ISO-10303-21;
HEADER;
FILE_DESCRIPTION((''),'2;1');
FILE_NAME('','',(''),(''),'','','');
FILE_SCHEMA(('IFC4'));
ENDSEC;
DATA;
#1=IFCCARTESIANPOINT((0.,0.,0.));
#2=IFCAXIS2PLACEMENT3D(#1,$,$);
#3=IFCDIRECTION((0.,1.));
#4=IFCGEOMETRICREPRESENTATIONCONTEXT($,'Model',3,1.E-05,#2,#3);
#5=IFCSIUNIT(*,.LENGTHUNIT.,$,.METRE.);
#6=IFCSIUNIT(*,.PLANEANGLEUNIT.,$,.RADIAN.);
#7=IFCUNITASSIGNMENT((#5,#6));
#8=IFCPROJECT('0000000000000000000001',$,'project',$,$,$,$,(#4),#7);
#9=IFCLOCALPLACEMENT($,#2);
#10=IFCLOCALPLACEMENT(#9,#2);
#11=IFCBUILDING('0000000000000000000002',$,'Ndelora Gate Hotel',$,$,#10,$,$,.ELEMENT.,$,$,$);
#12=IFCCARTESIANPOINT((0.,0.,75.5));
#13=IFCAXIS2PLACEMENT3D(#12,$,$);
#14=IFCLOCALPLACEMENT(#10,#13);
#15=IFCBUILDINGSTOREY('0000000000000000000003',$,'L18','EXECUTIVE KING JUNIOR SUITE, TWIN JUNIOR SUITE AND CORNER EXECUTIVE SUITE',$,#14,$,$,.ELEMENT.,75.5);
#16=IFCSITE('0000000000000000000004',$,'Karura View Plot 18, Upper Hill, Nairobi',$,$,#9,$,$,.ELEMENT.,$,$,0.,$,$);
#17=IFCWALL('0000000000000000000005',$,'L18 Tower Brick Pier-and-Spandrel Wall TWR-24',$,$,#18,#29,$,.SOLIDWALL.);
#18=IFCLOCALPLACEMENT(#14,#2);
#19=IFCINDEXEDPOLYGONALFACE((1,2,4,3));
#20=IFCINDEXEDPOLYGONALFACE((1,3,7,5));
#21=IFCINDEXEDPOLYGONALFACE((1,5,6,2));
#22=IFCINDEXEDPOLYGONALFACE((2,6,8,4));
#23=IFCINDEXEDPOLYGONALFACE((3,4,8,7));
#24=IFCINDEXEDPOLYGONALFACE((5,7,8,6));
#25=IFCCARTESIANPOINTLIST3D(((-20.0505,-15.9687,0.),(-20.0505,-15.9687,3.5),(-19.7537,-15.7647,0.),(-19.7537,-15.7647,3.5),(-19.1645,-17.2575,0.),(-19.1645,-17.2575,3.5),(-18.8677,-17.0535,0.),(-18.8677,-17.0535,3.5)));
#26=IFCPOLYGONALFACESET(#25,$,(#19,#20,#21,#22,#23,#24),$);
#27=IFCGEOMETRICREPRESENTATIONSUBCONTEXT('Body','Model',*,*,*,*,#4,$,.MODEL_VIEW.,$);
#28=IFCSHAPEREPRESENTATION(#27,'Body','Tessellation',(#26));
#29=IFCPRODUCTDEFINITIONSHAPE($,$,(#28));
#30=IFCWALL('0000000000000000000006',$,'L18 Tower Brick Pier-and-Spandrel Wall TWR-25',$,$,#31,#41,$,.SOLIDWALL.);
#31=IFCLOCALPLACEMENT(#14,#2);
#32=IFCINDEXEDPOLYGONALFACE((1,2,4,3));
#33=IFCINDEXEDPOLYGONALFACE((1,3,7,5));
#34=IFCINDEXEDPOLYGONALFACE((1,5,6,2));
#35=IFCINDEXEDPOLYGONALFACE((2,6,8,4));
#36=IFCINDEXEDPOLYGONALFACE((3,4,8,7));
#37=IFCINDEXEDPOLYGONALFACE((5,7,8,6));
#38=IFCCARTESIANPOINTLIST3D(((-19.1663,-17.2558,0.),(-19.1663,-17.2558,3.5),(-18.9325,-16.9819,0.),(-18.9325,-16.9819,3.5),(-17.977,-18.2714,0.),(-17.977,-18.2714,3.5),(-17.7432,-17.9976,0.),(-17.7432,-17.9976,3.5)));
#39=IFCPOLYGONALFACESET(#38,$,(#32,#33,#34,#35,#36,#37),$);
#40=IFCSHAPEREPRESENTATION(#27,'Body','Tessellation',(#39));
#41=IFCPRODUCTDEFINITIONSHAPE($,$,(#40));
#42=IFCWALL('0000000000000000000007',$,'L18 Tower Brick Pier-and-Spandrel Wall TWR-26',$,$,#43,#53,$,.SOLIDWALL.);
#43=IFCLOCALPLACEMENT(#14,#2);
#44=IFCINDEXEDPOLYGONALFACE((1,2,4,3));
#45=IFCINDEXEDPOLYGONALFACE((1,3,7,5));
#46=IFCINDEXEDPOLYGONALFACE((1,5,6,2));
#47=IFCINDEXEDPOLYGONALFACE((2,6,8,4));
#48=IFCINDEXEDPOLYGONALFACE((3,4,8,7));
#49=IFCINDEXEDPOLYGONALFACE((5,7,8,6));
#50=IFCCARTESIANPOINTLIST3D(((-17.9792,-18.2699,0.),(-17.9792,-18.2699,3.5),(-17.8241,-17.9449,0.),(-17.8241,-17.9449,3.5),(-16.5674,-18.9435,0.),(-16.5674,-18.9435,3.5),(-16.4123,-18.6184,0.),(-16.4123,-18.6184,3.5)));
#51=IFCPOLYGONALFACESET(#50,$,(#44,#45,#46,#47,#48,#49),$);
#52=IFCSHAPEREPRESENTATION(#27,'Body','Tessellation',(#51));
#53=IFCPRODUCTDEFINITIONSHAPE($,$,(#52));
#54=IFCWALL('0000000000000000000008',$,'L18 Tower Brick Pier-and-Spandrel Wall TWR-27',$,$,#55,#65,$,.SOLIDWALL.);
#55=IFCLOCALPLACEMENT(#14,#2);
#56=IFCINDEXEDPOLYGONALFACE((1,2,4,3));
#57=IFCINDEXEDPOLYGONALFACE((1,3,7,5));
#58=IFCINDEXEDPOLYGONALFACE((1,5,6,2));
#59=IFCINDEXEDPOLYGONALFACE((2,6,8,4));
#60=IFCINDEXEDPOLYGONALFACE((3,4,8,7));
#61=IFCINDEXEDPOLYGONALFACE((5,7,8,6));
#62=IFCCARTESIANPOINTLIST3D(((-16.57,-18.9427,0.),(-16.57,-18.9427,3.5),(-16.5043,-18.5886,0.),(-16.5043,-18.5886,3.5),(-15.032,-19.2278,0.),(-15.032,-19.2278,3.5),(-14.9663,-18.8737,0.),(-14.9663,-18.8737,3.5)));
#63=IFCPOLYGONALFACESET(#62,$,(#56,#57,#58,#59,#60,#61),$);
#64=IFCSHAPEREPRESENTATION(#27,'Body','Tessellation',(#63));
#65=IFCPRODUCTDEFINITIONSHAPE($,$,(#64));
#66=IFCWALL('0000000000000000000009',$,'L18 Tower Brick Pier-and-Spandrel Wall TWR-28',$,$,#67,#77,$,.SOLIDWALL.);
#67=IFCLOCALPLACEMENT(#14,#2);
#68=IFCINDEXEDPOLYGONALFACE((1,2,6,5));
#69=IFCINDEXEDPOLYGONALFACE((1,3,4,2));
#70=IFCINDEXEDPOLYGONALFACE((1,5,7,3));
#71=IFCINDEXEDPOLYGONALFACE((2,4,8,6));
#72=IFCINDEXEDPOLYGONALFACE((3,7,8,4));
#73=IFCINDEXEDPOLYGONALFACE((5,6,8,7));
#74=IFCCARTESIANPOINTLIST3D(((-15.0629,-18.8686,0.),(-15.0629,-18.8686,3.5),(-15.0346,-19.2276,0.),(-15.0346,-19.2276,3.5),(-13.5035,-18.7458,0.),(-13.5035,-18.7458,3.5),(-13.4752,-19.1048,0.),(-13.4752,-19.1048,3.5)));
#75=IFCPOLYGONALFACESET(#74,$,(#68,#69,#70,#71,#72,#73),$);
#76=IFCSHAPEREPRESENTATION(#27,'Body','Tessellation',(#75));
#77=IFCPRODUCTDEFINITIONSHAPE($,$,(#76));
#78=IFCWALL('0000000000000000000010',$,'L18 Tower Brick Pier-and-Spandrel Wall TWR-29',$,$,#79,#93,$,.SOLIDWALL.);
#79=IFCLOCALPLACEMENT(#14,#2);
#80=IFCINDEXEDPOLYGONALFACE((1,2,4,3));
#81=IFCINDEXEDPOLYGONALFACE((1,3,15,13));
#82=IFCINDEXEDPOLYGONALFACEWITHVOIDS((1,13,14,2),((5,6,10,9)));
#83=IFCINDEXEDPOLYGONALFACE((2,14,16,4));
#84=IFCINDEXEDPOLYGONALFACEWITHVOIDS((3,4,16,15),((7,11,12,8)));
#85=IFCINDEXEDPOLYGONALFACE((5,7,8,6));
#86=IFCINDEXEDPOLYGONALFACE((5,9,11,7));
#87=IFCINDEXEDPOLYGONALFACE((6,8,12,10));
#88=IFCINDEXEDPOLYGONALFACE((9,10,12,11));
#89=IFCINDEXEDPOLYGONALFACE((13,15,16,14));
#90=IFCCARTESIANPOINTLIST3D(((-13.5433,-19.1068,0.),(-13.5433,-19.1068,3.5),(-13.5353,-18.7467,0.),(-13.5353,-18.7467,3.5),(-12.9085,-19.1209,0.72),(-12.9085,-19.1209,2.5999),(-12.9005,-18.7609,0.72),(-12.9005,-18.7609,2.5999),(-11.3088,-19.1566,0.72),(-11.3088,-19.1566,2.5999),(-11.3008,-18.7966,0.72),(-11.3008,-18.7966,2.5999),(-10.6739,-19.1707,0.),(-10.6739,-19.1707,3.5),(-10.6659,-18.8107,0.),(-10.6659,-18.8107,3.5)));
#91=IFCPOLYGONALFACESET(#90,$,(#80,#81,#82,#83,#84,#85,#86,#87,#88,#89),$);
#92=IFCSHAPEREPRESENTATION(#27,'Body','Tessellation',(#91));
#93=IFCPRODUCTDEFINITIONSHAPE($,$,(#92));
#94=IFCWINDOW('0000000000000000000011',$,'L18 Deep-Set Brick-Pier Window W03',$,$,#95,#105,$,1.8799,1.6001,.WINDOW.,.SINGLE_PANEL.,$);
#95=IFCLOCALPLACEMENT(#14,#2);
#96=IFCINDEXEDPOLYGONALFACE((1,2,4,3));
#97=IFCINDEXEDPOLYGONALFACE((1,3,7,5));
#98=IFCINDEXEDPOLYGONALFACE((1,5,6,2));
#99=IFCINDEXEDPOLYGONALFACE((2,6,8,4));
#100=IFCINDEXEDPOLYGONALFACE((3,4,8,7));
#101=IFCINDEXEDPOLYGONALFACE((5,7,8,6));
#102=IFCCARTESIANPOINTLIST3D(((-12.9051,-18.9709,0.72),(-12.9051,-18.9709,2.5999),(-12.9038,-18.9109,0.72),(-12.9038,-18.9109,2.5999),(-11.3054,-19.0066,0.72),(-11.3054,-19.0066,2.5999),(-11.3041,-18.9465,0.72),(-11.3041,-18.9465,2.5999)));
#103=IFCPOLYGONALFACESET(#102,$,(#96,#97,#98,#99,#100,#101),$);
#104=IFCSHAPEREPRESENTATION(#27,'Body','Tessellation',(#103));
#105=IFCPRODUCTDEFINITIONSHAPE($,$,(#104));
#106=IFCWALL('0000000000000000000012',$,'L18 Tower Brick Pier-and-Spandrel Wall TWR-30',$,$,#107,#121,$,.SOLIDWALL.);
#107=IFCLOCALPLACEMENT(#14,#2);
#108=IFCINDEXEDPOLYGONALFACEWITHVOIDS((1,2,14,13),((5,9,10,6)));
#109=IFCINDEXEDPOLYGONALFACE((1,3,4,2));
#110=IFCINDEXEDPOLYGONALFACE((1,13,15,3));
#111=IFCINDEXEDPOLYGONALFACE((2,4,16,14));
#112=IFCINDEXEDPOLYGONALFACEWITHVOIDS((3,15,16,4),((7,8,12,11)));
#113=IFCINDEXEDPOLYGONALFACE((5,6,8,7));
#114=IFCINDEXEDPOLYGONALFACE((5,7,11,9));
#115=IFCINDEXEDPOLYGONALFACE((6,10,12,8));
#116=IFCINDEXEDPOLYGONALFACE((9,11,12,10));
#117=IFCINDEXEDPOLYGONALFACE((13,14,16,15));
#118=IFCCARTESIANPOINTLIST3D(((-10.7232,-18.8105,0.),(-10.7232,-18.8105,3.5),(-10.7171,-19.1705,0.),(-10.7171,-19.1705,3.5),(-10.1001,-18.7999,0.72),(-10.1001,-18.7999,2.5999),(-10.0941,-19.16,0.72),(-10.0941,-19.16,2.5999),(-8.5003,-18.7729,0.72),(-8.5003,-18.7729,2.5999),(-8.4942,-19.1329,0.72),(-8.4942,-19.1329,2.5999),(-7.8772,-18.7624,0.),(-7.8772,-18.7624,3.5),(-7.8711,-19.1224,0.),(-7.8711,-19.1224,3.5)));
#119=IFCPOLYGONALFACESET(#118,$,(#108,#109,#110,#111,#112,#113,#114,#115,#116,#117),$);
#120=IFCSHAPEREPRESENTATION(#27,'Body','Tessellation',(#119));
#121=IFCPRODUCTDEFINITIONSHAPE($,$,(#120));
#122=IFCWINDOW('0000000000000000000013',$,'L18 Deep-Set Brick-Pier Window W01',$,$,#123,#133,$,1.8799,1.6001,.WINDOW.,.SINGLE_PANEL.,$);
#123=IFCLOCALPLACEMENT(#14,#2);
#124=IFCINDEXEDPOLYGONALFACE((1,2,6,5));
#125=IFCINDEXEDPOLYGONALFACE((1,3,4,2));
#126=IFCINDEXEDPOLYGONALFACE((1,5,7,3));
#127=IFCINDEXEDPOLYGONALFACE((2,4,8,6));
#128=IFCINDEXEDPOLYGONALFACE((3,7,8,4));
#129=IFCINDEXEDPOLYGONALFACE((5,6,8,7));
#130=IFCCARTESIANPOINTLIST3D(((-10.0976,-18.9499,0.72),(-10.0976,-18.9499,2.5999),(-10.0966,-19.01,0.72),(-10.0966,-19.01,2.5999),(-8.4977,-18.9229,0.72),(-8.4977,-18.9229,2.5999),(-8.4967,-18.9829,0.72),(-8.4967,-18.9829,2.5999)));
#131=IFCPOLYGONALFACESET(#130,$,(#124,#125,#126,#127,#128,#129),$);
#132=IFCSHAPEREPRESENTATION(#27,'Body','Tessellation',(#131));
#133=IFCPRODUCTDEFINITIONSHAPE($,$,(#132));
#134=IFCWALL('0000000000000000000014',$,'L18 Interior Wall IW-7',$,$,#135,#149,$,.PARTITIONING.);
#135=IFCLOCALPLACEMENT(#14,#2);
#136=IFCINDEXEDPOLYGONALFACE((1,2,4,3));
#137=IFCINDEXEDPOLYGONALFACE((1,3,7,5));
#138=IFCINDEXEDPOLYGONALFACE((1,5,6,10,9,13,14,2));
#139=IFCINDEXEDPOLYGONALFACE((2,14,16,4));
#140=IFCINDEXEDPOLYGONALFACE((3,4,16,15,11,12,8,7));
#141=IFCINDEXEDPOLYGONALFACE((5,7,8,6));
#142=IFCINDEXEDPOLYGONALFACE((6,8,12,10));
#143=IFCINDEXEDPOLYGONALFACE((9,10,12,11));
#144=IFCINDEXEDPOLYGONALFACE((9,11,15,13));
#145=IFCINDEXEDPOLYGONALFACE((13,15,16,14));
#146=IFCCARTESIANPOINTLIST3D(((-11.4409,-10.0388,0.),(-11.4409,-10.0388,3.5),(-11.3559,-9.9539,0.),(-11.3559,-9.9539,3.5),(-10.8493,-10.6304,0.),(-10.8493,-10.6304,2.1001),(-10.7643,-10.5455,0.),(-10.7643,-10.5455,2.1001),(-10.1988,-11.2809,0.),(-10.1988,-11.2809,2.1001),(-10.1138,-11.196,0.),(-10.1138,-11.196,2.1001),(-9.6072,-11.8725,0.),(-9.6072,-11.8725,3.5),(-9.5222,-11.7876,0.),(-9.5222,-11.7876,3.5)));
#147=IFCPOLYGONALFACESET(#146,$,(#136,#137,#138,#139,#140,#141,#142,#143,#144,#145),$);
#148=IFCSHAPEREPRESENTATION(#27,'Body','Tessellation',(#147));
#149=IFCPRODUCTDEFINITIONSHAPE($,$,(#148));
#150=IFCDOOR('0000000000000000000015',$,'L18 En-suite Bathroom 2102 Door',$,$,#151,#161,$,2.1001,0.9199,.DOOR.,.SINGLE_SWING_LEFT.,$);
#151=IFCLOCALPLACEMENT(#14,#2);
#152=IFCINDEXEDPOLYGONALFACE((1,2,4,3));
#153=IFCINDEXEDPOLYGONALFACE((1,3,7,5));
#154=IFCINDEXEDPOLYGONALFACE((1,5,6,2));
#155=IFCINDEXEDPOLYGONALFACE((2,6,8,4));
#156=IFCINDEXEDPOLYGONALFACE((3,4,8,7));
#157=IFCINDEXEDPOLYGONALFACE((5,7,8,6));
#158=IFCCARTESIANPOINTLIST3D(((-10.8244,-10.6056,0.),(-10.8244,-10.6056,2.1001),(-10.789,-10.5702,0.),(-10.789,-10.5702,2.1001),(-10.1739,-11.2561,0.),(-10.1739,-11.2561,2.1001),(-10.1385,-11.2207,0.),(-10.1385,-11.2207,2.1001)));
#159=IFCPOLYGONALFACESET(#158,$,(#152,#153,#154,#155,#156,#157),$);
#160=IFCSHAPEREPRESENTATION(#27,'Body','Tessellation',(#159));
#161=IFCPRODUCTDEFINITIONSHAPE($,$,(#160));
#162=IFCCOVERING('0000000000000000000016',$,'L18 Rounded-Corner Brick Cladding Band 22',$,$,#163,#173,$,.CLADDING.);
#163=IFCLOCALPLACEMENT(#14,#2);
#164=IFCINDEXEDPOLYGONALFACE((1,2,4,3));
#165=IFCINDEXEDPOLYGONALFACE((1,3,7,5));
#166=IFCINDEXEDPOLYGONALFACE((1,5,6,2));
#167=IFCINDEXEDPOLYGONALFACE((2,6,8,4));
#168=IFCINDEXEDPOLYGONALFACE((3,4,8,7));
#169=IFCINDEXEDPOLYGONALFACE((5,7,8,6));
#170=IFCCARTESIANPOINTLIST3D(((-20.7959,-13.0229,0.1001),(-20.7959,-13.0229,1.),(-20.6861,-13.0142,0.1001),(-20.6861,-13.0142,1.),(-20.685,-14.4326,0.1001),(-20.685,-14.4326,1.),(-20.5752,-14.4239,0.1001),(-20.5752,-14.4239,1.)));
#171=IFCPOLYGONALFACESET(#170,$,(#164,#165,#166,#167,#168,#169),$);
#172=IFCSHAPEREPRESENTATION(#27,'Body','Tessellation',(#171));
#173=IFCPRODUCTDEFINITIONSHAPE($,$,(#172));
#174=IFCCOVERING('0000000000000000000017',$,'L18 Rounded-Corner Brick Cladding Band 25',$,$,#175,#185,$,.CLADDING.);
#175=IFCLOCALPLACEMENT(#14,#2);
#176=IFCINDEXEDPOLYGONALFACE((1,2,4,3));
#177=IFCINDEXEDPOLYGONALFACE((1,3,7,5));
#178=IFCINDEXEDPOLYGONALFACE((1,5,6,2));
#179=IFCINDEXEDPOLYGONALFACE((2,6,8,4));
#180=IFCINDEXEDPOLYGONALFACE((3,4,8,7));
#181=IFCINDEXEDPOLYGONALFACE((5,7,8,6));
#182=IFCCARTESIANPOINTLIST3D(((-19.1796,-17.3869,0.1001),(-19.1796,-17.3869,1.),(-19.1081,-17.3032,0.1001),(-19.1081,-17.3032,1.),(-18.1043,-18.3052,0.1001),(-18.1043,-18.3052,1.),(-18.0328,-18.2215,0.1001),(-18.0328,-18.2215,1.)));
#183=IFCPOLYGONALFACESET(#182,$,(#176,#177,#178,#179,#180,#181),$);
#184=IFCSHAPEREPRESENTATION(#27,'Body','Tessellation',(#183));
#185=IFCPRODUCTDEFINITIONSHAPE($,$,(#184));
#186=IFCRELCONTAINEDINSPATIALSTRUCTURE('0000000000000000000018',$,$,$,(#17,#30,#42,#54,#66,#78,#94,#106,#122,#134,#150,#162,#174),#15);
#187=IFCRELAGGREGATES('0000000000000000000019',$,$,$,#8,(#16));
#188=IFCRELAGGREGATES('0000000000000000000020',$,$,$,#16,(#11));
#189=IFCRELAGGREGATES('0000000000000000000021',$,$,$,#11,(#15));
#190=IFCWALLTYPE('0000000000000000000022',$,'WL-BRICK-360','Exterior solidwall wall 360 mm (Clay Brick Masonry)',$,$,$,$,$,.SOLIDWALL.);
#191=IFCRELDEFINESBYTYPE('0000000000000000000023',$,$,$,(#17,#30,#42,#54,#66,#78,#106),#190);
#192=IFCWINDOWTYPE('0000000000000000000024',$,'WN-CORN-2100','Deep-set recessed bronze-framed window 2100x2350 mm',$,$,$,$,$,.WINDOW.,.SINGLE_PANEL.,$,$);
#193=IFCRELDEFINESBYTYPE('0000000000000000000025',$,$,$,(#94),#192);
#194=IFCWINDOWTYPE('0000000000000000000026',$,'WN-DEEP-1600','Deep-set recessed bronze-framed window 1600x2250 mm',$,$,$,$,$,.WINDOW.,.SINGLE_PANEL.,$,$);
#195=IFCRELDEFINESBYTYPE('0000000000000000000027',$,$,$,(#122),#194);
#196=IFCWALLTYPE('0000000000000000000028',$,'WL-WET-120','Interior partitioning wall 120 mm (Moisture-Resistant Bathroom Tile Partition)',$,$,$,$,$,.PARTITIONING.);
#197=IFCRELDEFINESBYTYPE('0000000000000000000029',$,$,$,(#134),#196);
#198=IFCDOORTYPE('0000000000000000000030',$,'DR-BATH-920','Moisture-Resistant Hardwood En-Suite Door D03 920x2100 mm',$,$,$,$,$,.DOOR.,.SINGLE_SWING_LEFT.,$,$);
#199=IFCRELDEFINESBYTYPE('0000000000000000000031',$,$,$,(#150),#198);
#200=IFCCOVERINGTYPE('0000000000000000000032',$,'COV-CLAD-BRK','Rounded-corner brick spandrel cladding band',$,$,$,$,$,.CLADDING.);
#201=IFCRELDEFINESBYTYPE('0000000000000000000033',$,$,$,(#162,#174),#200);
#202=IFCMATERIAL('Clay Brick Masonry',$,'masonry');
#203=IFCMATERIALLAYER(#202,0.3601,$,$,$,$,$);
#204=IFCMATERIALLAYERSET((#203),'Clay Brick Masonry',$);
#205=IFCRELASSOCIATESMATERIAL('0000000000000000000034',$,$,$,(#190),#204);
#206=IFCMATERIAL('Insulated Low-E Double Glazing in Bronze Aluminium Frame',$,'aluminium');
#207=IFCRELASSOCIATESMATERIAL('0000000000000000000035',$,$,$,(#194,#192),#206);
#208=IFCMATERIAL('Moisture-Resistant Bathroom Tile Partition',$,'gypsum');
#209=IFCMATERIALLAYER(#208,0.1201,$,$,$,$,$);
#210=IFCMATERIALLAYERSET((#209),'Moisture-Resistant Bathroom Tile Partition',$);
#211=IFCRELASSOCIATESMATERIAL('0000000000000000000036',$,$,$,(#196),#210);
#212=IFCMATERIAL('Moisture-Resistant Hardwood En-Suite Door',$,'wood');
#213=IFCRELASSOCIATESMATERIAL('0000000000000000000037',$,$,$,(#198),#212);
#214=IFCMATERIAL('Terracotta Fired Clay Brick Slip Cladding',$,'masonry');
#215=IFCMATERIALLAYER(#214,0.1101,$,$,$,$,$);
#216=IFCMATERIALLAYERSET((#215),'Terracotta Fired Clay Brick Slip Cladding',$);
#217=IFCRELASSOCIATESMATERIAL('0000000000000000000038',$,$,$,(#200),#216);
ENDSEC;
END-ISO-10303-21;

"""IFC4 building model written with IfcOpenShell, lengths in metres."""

from ifc_helpers import new_model, si_unit, direction, frame, frame_2d, origin, origin_2d, place, context, subcontext, project, spatial, rectangle, extrude, material, layer, layer_set, type_object, element, fill, save


model = new_model("IFC4")

# Units and contexts
model_context = context("Model", 3, precision=1e-05, world=origin(), true_north=direction((0.0, 1.0)))
body_context = subcontext(model_context, "Body", "Model", "MODEL_VIEW")
ifc_project = project(units=[si_unit("LENGTHUNIT", "METRE"), si_unit("PLANEANGLEUNIT", "RADIAN")], contexts=[model_context])

# Site, building, storey
site_placement = place(None, origin())
site = spatial("IfcSite", under=ifc_project, at=site_placement, Name="Karura View Plot 18, Upper Hill, Nairobi", CompositionType="ELEMENT", RefElevation=0.0)
building_placement = place(site_placement, origin())
building = spatial("IfcBuilding", under=site, at=building_placement, Name="Ndelora Gate Hotel", CompositionType="ELEMENT")
storey_placement = place(building_placement, frame((0.0, 0.0, 75.5)))
storey = spatial("IfcBuildingStorey", under=building, at=storey_placement, Name="L18", Description="EXECUTIVE KING JUNIOR SUITE, TWIN JUNIOR SUITE AND CORNER EXECUTIVE SUITE", CompositionType="ELEMENT", Elevation=75.5)

# Shared definitions
ifc_material_1 = material(Name="Clay Brick Masonry", Category="masonry")
ifc_layer_1 = layer(ifc_material_1, 0.3601)
ifc_layer_set_1 = layer_set([ifc_layer_1], Name="Clay Brick Masonry")
wall_type_1 = type_object("IfcWallType", Name="WL-BRICK-360", Description="Exterior solidwall wall 360 mm (Clay Brick Masonry)", PredefinedType="SOLIDWALL", material=ifc_layer_set_1)
ifc_material_2 = material(Name="Insulated Low-E Double Glazing in Bronze Aluminium Frame", Category="aluminium")
window_type_1 = type_object("IfcWindowType", Name="WN-DEEP-1600", Description="Deep-set recessed bronze-framed window 1600x2250 mm", PartitioningType="SINGLE_PANEL", PredefinedType="WINDOW", material=ifc_material_2)

# Walls
for number, where, z_axis, x_axis, name in (
    (1, (-19.0161, -17.1555, 0.0), (0.0, 0.0, 1.0), (-0.566496, 0.824065, 0.0), "L18 Tower Brick Pier-and-Spandrel Wall TWR-24"),
    (2, (-17.8601, -18.1345, 0.0), (0.0, 0.0, 1.0), (-0.760423, 0.649428, 0.0), "L18 Tower Brick Pier-and-Spandrel Wall TWR-25"),
):
    element("IfcWall", number, at=place(storey_placement, frame(where, z_axis=z_axis, x_axis=x_axis)), inside=storey, type_object=wall_type_1, Name=name, PredefinedType="SOLIDWALL", context=body_context, shape_type="SweptSolid", body=[
        extrude(rectangle(XDim=1.564, YDim=0.3601, at=frame_2d((0.782, 0.0))), origin(), (0.0, 0.0, 1.0), 3.5),
    ])
for number, where, z_axis, x_axis, name in (
    (3, (-16.4897, -18.781, 0.0), (0.0, 0.0, 1.0), (-0.902546, 0.430594, 0.0), "L18 Tower Brick Pier-and-Spandrel Wall TWR-26"),
    (4, (-14.999, -19.0508, 0.0), (0.0, 0.0, 1.0), (-0.983245, 0.18229, 0.0), "L18 Tower Brick Pier-and-Spandrel Wall TWR-27"),
    (5, (-13.4893, -18.9253, 0.0), (0.0, 0.0, 1.0), (-0.996913, -0.078511, 0.0), "L18 Tower Brick Pier-and-Spandrel Wall TWR-28"),
):
    element("IfcWall", number, at=place(storey_placement, frame(where, z_axis=z_axis, x_axis=x_axis)), inside=storey, type_object=wall_type_1, Name=name, PredefinedType="SOLIDWALL", context=body_context, shape_type="SweptSolid", body=[
        extrude(rectangle(XDim=1.5642, YDim=0.3601, at=frame_2d((0.7822, 0.0))), origin(), (0.0, 0.0, 1.0), 3.5),
    ])

# Walls, openings, windows
wall_1_placement = place(storey_placement, frame((-10.6699, -18.9907, 0.0), z_axis=(0.0, 0.0, 1.0), x_axis=(-0.999752, 0.022287, 0.0)))
wall_1 = element("IfcWall", 6, at=wall_1_placement, inside=storey, type_object=wall_type_1, Name="L18 Tower Brick Pier-and-Spandrel Wall TWR-29", PredefinedType="SOLIDWALL", context=body_context, shape_type="SweptSolid", body=[
    extrude(rectangle(XDim=2.8701, YDim=0.3601, at=frame_2d((1.4351, 0.0))), origin(), (0.0, 0.0, 1.0), 3.5),
])
opening_1_placement = place(wall_1_placement, frame((0.635, 0.0, 0.72)))
opening_1 = element("IfcOpeningElement", 7, at=opening_1_placement, cuts=wall_1, PredefinedType="OPENING", context=body_context, shape_type="SweptSolid", body=[
    extrude(rectangle(XDim=1.6001, YDim=1.8799, at=frame_2d((0.8, 0.9399))), frame((0.0, 0.1899, 0.0), z_axis=(0.0, -1.0, 0.0), x_axis=(1.0, 0.0, 0.0)), (0.0, 0.0, 1.0), 0.3801),
])
window_type_2 = type_object("IfcWindowType", Name="WN-CORN-2100", Description="Deep-set recessed bronze-framed window 2100x2350 mm", PartitioningType="SINGLE_PANEL", PredefinedType="WINDOW", material=ifc_material_2)
window_1_placement = place(opening_1_placement, origin())
window_1 = element("IfcWindow", 8, at=window_1_placement, inside=storey, type_object=window_type_2, Name="L18 Deep-Set Brick-Pier Window W03", OverallHeight=1.8799, OverallWidth=1.6001, PartitioningType="SINGLE_PANEL", PredefinedType="WINDOW", context=body_context, shape_type="SweptSolid", body=[
    extrude(rectangle(XDim=1.6001, YDim=1.8799, at=frame_2d((0.8, 0.9399))), frame((0.0, 0.03, 0.0), z_axis=(0.0, -1.0, 0.0), x_axis=(1.0, 0.0, 0.0)), (0.0, 0.0, 1.0), 0.0601),
])
fill(opening_1, window_1)
wall_2_placement = place(storey_placement, frame((-7.874, -18.9424, 0.0), z_axis=(0.0, 0.0, 1.0), x_axis=(-0.999857, -0.016897, 0.0)))
wall_2 = element("IfcWall", 9, at=wall_2_placement, inside=storey, type_object=wall_type_1, Name="L18 Tower Brick Pier-and-Spandrel Wall TWR-30", PredefinedType="SOLIDWALL", context=body_context, shape_type="SweptSolid", body=[
    extrude(rectangle(XDim=2.8464, YDim=0.3601, at=frame_2d((1.4233, 0.0))), origin(), (0.0, 0.0, 1.0), 3.5),
])
opening_2_placement = place(wall_2_placement, frame((0.6233, 0.0, 0.72)))
opening_2 = element("IfcOpeningElement", 10, at=opening_2_placement, cuts=wall_2, PredefinedType="OPENING", context=body_context, shape_type="SweptSolid", body=[
    extrude(rectangle(XDim=1.6001, YDim=1.8799, at=frame_2d((0.8, 0.9399))), frame((0.0, 0.1899, 0.0), z_axis=(0.0, -1.0, 0.0), x_axis=(1.0, 0.0, 0.0)), (0.0, 0.0, 1.0), 0.3801),
])
window_2_placement = place(opening_2_placement, origin())
window_2 = element("IfcWindow", 11, at=window_2_placement, inside=storey, type_object=window_type_1, Name="L18 Deep-Set Brick-Pier Window W01", OverallHeight=1.8799, OverallWidth=1.6001, PartitioningType="SINGLE_PANEL", PredefinedType="WINDOW", context=body_context, shape_type="SweptSolid", body=[
    extrude(rectangle(XDim=1.6001, YDim=1.8799, at=frame_2d((0.8, 0.9399))), frame((0.0, 0.03, 0.0), z_axis=(0.0, -1.0, 0.0), x_axis=(1.0, 0.0, 0.0)), (0.0, 0.0, 1.0), 0.0601),
])
fill(opening_2, window_2)

# Wall, opening, door
ifc_material_3 = material(Name="Moisture-Resistant Bathroom Tile Partition", Category="gypsum")
ifc_layer_2 = layer(ifc_material_3, 0.1201)
ifc_layer_set_2 = layer_set([ifc_layer_2], Name="Moisture-Resistant Bathroom Tile Partition")
wall_type_2 = type_object("IfcWallType", Name="WL-WET-120", Description="Interior partitioning wall 120 mm (Moisture-Resistant Bathroom Tile Partition)", PredefinedType="PARTITIONING", material=ifc_layer_set_2)
wall_3_placement = place(storey_placement, frame((-9.5647, -11.8301, 0.0), z_axis=(0.0, 0.0, 1.0), x_axis=(-0.707107, 0.707107, 0.0)))
wall_3 = element("IfcWall", 12, at=wall_3_placement, inside=storey, type_object=wall_type_2, Name="L18 Interior Wall IW-7", PredefinedType="PARTITIONING", context=body_context, shape_type="SweptSolid", body=[
    extrude(rectangle(XDim=2.5933, YDim=0.1201, at=frame_2d((1.2966, 0.0))), origin(), (0.0, 0.0, 1.0), 3.5),
])
opening_3_placement = place(wall_3_placement, frame((0.8367, 0.0, 0.0)))
opening_3 = element("IfcOpeningElement", 13, at=opening_3_placement, cuts=wall_3, PredefinedType="OPENING", context=body_context, shape_type="SweptSolid", body=[
    extrude(rectangle(XDim=0.9199, YDim=2.1001, at=frame_2d((0.46, 1.05))), frame((0.0, 0.0701, 0.0), z_axis=(0.0, -1.0, 0.0), x_axis=(1.0, 0.0, 0.0)), (0.0, 0.0, 1.0), 0.1401),
])
ifc_material_4 = material(Name="Moisture-Resistant Hardwood En-Suite Door", Category="wood")
door_type = type_object("IfcDoorType", Name="DR-BATH-920", Description="Moisture-Resistant Hardwood En-Suite Door D03 920x2100 mm", OperationType="SINGLE_SWING_LEFT", PredefinedType="DOOR", material=ifc_material_4)
door_placement = place(opening_3_placement, origin())
door = element("IfcDoor", 14, at=door_placement, inside=storey, type_object=door_type, Name="L18 En-suite Bathroom 2102 Door", OperationType="SINGLE_SWING_LEFT", OverallHeight=2.1001, OverallWidth=0.9199, PredefinedType="DOOR", context=body_context, shape_type="SweptSolid", body=[
    extrude(rectangle(XDim=0.9199, YDim=2.1001, at=frame_2d((0.46, 1.05))), frame((0.0, 0.0249, 0.0), z_axis=(0.0, -1.0, 0.0), x_axis=(1.0, 0.0, 0.0)), (0.0, 0.0, 1.0), 0.05),
])
fill(opening_3, door)

# Coverings
ifc_material_5 = material(Name="Terracotta Fired Clay Brick Slip Cladding", Category="masonry")
ifc_layer_3 = layer(ifc_material_5, 0.1101)
ifc_layer_set_3 = layer_set([ifc_layer_3], Name="Terracotta Fired Clay Brick Slip Cladding")
covering_type_1 = type_object("IfcCoveringType", Name="COV-CLAD-BRK", Description="Rounded-corner brick spandrel cladding band", PredefinedType="CLADDING", material=ifc_layer_set_3)
for number, where, z_axis, x_axis, name in (
    (15, (-20.6855, -13.7234, 0.1001), (0.0, 0.0, 1.0), (-0.078459, 0.996917, 0.0), "L18 Rounded-Corner Brick Cladding Band 22"),
    (16, (-18.6062, -17.8042, 0.1001), (0.0, 0.0, 1.0), (-0.760406, 0.649448, 0.0), "L18 Rounded-Corner Brick Cladding Band 25"),
):
    element("IfcCovering", number, at=place(storey_placement, frame(where, z_axis=z_axis, x_axis=x_axis)), inside=storey, type_object=covering_type_1, Name=name, PredefinedType="CLADDING", context=body_context, shape_type="SweptSolid", body=[
        extrude(rectangle(XDim=1.4141, YDim=0.1101, at=origin_2d()), origin(), (0.0, 0.0, 1.0), 0.8999),
    ])

save(model, "model.ifc")
